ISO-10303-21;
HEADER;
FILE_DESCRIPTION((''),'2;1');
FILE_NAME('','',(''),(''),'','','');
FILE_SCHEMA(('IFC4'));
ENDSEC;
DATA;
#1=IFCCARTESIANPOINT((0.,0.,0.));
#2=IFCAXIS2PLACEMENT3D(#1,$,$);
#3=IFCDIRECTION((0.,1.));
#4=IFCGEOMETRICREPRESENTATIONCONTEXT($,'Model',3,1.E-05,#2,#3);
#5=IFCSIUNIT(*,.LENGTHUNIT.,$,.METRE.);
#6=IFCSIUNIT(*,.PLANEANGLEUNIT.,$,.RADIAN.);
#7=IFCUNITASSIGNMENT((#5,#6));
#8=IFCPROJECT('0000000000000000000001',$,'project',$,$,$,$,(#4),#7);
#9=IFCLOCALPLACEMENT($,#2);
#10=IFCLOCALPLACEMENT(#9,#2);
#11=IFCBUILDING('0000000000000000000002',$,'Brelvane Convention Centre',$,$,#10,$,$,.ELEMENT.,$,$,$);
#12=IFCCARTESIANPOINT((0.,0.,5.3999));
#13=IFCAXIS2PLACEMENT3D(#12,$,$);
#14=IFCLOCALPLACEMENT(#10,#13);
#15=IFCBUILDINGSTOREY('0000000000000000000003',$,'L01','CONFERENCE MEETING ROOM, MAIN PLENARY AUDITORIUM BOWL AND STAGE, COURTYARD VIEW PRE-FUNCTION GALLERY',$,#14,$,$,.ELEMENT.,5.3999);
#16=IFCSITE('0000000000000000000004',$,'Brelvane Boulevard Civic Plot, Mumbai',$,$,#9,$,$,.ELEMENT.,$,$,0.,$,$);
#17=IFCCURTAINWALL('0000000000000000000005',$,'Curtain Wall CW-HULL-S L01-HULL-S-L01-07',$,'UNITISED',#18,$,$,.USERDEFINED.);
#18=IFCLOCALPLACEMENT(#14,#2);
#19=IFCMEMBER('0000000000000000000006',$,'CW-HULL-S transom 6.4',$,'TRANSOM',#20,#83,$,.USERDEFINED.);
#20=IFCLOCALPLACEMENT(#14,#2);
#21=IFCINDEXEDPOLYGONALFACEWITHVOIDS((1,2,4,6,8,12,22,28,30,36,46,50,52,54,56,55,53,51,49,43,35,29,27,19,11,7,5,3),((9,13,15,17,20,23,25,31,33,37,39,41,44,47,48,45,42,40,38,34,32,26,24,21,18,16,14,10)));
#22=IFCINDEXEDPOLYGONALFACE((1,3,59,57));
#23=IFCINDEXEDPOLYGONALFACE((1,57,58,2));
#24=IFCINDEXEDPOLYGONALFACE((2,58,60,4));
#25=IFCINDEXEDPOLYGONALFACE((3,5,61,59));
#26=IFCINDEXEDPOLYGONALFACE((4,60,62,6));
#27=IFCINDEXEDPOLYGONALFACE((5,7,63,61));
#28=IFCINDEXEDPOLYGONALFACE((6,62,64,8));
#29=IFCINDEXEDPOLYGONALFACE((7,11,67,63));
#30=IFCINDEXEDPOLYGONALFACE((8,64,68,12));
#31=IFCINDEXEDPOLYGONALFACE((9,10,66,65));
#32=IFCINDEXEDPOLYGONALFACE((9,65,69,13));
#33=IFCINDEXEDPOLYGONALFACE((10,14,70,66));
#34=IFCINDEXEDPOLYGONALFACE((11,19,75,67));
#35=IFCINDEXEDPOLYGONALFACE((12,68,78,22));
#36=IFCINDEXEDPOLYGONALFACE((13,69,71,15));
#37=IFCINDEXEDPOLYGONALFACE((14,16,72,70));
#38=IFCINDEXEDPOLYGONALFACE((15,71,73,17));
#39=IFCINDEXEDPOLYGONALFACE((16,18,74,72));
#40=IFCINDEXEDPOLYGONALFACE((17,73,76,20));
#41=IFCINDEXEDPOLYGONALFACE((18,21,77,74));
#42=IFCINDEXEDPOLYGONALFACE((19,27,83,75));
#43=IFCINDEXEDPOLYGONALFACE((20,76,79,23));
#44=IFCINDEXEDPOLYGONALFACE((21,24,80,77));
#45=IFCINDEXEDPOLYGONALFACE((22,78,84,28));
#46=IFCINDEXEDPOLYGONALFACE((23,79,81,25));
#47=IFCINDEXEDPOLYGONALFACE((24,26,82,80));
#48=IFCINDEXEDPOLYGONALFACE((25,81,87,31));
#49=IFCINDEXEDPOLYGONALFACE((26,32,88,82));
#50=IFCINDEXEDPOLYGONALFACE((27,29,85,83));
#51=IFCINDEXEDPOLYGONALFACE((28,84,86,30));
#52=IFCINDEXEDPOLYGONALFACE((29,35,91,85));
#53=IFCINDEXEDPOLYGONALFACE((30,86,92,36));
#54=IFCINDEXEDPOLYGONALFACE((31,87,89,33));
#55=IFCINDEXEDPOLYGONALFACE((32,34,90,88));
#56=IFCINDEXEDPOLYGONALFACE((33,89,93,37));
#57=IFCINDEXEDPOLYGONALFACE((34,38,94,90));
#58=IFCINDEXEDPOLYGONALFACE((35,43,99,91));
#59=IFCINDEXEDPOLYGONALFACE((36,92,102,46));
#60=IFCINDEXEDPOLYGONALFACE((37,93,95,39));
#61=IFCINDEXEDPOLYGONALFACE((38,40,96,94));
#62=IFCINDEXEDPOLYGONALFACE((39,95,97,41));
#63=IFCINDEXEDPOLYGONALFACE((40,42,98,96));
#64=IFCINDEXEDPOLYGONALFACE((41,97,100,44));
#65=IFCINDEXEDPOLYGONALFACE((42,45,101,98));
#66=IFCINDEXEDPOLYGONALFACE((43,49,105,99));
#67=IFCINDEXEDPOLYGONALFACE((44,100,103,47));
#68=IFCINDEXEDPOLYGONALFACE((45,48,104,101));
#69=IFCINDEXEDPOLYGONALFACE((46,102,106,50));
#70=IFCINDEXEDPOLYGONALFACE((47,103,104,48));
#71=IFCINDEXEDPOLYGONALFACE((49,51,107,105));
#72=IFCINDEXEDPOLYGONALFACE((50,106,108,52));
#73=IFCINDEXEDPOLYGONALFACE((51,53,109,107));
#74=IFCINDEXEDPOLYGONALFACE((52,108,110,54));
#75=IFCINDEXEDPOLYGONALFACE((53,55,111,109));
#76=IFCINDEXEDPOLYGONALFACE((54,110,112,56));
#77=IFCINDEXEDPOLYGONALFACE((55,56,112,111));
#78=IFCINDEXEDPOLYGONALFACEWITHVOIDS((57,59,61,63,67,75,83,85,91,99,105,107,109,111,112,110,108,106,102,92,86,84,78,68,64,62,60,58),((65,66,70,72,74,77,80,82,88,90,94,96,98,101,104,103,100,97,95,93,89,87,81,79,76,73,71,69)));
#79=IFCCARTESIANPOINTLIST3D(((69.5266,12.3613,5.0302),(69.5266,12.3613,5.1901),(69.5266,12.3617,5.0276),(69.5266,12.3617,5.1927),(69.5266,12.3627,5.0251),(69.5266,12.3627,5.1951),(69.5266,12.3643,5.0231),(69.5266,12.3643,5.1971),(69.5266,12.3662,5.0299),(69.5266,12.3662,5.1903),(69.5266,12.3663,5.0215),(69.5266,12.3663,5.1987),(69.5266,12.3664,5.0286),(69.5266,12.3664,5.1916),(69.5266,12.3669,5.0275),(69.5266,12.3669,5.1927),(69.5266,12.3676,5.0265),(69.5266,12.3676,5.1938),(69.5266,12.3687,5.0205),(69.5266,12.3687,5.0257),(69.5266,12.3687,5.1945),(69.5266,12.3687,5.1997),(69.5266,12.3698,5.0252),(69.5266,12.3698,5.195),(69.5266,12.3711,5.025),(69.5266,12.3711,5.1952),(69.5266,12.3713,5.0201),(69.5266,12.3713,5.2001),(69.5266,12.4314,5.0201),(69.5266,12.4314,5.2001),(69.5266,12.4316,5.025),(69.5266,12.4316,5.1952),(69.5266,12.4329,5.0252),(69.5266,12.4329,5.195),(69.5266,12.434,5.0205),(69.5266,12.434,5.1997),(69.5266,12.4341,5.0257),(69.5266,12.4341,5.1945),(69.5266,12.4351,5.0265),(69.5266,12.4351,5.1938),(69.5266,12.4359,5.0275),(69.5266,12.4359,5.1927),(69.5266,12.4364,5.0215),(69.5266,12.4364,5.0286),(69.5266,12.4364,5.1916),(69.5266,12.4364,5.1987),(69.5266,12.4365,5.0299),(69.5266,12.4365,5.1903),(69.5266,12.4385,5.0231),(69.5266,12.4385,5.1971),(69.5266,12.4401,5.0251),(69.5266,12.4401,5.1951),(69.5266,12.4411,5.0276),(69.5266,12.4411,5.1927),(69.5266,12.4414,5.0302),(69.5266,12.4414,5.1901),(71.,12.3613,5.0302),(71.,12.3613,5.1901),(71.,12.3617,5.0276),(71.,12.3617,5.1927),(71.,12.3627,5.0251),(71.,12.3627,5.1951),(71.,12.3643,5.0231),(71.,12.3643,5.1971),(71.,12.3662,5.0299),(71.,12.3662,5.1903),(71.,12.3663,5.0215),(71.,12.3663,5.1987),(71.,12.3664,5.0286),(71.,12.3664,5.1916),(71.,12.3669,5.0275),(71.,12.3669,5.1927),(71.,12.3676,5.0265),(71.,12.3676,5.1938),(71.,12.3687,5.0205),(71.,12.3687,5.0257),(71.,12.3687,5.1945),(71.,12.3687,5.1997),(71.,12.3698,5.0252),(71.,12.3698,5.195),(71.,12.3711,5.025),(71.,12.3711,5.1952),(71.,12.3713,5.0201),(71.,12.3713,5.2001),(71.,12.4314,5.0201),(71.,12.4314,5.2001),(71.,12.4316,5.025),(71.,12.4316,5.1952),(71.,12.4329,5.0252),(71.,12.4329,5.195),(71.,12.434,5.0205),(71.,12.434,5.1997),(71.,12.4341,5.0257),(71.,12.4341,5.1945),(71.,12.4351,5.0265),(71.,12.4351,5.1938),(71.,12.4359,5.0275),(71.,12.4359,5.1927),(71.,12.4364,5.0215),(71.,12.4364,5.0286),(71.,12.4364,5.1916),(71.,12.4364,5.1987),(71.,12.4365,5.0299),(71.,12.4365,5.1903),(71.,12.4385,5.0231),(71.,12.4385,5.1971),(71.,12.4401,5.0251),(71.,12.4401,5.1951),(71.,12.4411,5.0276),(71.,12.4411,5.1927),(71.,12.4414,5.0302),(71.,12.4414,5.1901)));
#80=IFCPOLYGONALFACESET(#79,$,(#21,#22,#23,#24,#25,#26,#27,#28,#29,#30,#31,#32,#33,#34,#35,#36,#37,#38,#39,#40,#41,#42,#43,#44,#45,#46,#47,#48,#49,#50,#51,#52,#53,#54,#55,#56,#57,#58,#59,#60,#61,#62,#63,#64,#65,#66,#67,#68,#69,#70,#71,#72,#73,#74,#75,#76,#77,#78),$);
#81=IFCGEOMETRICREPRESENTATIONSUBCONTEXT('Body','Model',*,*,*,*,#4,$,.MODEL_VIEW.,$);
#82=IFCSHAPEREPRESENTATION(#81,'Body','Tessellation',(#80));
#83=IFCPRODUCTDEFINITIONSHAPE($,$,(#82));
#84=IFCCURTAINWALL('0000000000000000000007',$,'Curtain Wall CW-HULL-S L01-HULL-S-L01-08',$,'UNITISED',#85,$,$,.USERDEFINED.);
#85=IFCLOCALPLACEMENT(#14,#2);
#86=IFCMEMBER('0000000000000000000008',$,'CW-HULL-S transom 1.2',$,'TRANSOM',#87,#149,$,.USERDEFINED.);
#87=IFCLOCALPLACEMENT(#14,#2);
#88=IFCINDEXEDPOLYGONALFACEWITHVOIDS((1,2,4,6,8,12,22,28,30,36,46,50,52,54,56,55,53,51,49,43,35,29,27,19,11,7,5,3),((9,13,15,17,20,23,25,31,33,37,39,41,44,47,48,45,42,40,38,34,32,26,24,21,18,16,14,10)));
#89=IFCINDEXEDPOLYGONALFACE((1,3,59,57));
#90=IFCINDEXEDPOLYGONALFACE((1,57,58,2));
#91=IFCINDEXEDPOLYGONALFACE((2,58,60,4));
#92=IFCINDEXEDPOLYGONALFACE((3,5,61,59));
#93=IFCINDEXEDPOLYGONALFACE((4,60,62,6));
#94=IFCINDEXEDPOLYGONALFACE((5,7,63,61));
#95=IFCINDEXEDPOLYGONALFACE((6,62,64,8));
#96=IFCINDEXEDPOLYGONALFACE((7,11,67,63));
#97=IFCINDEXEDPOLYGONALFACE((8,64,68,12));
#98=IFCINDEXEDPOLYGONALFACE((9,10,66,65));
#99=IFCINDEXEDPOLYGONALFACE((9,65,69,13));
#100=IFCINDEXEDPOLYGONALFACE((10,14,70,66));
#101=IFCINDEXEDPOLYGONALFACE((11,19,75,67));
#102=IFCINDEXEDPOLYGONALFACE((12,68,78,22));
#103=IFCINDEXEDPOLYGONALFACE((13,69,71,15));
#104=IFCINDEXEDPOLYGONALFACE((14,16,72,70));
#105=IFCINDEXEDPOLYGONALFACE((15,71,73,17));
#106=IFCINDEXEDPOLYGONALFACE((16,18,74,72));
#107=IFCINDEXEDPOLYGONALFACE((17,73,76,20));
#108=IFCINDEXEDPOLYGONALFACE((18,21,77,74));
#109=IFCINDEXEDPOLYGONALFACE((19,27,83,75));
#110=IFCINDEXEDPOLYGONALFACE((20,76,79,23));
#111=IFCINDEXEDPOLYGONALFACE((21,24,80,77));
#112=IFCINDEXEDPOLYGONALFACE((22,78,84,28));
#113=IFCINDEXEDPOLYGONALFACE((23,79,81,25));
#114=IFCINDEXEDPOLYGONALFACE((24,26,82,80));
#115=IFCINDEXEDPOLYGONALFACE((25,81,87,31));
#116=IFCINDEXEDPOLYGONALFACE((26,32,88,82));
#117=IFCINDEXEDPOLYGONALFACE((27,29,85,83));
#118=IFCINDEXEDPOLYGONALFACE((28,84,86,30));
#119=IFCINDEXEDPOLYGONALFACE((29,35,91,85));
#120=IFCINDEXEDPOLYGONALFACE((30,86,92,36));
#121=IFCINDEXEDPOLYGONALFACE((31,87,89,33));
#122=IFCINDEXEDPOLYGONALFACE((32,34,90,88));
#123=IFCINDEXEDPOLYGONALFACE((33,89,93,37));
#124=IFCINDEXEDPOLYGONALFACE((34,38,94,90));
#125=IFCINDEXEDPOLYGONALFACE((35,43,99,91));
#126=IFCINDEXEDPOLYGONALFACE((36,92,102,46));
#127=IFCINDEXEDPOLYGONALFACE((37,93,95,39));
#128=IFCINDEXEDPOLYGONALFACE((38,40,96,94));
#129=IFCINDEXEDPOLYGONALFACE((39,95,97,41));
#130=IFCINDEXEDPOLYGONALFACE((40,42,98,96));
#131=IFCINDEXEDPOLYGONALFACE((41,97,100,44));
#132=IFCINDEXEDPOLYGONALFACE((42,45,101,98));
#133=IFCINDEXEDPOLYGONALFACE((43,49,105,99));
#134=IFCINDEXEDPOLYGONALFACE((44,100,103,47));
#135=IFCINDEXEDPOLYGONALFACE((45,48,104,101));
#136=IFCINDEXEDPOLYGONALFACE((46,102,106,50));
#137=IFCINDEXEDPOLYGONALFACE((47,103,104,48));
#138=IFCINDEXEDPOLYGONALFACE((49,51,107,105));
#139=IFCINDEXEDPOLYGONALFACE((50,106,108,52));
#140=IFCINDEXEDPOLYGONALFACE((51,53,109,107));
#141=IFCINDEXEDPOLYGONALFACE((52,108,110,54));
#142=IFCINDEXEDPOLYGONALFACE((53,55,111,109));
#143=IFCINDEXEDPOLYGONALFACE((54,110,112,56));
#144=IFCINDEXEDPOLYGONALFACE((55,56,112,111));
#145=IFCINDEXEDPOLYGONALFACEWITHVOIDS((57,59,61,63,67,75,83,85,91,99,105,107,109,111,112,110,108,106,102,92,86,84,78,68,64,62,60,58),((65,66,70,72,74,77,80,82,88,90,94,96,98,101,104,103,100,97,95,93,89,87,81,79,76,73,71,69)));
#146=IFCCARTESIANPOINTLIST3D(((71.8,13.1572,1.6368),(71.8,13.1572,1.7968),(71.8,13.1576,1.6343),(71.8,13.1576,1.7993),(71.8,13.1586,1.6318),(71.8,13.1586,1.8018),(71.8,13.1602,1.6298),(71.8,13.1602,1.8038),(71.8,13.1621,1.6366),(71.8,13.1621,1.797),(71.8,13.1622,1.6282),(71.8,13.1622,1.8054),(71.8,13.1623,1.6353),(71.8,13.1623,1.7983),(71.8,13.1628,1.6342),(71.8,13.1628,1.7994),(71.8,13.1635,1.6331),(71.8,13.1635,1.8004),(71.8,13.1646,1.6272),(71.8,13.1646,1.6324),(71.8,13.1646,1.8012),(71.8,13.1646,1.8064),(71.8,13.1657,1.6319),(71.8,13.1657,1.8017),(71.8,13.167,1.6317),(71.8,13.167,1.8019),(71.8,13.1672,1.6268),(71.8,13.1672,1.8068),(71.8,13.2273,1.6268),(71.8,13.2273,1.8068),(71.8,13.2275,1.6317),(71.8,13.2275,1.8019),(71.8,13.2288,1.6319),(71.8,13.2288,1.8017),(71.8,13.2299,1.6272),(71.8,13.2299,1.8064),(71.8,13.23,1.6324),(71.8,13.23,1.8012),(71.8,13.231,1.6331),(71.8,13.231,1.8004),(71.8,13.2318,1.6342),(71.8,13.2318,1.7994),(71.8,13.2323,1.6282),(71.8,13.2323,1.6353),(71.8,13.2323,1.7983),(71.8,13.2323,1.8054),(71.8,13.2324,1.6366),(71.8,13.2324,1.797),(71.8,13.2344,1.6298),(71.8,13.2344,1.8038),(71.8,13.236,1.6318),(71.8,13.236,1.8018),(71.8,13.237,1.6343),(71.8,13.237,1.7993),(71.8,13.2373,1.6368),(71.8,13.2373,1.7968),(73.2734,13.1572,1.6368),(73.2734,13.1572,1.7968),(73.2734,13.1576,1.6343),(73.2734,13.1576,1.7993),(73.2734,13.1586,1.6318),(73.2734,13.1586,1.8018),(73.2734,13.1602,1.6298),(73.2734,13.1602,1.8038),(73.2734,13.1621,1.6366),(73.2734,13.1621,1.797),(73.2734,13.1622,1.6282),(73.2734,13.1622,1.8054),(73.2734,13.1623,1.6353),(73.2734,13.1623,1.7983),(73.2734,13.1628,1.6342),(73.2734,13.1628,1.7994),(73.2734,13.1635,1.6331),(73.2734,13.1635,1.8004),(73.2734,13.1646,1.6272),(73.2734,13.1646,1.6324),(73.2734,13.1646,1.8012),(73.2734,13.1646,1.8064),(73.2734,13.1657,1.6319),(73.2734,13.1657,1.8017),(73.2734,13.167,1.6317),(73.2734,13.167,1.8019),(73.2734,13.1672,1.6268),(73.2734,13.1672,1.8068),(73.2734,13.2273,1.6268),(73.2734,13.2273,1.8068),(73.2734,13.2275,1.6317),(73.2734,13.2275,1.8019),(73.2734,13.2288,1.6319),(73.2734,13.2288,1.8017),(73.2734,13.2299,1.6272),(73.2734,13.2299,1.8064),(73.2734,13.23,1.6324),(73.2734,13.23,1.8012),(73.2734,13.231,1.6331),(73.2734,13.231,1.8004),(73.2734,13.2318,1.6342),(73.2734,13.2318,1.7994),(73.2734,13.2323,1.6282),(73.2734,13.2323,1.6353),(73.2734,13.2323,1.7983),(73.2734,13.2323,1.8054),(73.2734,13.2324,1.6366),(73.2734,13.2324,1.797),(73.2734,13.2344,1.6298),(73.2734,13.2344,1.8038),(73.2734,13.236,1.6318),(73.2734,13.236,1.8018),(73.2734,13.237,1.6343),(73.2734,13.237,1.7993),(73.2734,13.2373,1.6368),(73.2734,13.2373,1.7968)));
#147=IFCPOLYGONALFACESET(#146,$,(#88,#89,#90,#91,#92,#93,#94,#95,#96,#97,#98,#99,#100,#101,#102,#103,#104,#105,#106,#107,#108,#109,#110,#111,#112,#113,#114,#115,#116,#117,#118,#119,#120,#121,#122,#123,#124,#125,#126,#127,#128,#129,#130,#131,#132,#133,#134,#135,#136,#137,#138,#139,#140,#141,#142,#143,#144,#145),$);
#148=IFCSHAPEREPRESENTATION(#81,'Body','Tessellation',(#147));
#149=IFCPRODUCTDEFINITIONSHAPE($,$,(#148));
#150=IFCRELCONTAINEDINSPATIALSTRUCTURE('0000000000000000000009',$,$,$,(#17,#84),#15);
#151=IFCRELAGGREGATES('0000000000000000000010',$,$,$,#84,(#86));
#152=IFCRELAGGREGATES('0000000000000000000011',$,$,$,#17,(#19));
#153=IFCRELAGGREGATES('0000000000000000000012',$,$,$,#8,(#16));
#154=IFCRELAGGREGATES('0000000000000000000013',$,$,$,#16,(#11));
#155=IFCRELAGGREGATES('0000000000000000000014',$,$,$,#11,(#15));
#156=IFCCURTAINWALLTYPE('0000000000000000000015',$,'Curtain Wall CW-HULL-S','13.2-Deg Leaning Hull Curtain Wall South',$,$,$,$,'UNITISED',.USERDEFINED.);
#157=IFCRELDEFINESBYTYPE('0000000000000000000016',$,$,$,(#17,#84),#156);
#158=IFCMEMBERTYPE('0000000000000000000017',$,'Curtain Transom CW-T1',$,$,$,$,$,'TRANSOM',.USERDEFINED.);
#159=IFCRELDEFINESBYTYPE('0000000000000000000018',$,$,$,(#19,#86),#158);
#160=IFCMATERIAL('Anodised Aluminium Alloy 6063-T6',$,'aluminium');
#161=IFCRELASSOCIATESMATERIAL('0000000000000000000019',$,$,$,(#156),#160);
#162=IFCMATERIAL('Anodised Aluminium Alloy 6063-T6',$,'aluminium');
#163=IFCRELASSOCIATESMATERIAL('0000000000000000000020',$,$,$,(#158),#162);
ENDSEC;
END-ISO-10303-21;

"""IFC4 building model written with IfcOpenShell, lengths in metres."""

from ifc_helpers import new_model, si_unit, direction, frame, origin, origin_2d, place, context, subcontext, project, spatial, hollow_rectangle, extrude, material, material_profile, profile_set, type_object, element, aggregate, save


model = new_model("IFC4")

# Units and contexts
model_context = context("Model", 3, precision=1e-05, world=origin(), true_north=direction((0.0, 1.0)))
body_context = subcontext(model_context, "Body", "Model", "MODEL_VIEW")
ifc_project = project(units=[si_unit("LENGTHUNIT", "METRE"), si_unit("PLANEANGLEUNIT", "RADIAN")], contexts=[model_context])

# Site, building, storey
site_placement = place(None, origin())
site = spatial("IfcSite", under=ifc_project, at=site_placement, Name="Brelvane Boulevard Civic Plot, Mumbai", CompositionType="ELEMENT", RefElevation=0.0)
building_placement = place(site_placement, origin())
building = spatial("IfcBuilding", under=site, at=building_placement, Name="Brelvane Convention Centre", CompositionType="ELEMENT")
storey_placement = place(building_placement, frame((0.0, 0.0, 5.3999)))
storey = spatial("IfcBuildingStorey", under=building, at=storey_placement, Name="L01", Description="CONFERENCE MEETING ROOM, MAIN PLENARY AUDITORIUM BOWL AND STAGE, COURTYARD VIEW PRE-FUNCTION GALLERY", CompositionType="ELEMENT", Elevation=5.3999)

# Curtain walls, members
ifc_material_1 = material(Name="Anodised Aluminium Alloy 6063-T6", Category="aluminium")
curtain_wall_type = type_object("IfcCurtainWallType", Name="Curtain Wall CW-HULL-S", Description="13.2-Deg Leaning Hull Curtain Wall South", ElementType="UNITISED", PredefinedType="USERDEFINED", material=ifc_material_1)
curtain_wall_1_placement = place(storey_placement, origin())
curtain_wall_1 = element("IfcCurtainWall", 1, at=curtain_wall_1_placement, inside=storey, type_object=curtain_wall_type, Name="Curtain Wall CW-HULL-S L01-HULL-S-L01-07", ObjectType="UNITISED", PredefinedType="USERDEFINED")
ifc_material_2 = material(Name="Anodised Aluminium Alloy 6063-T6", Category="aluminium")
ifc_material_profile = material_profile(ifc_material_2, hollow_rectangle(XDim=0.0801, YDim=0.1799, WallThickness=0.0049, InnerFilletRadius=0.0049, OuterFilletRadius=0.01, at=origin_2d()), Name="ALU-T 180x80x5.0")
ifc_profile_set = profile_set([ifc_material_profile], Name="Anodised Aluminium Alloy 6063-T6")
member_type = type_object("IfcMemberType", Name="Curtain Transom CW-T1", ElementType="TRANSOM", PredefinedType="USERDEFINED", material=ifc_profile_set)
member_1_placement = place(storey_placement, frame((69.5266, 12.4014, 5.1101), z_axis=(1.0, 0.0, 0.0), x_axis=(0.0, 1.0, 0.0)))
member_1 = element("IfcMember", 2, at=member_1_placement, type_object=member_type, Name="CW-HULL-S transom 6.4", ObjectType="TRANSOM", PredefinedType="USERDEFINED", context=body_context, shape_type="SweptSolid", body=[
    extrude(hollow_rectangle(XDim=0.0801, YDim=0.1799, WallThickness=0.0049, InnerFilletRadius=0.0049, OuterFilletRadius=0.01, at=origin_2d()), origin(), (0.0, 0.0, 1.0), 1.4734),
])
curtain_wall_2_placement = place(storey_placement, origin())
curtain_wall_2 = element("IfcCurtainWall", 3, at=curtain_wall_2_placement, inside=storey, type_object=curtain_wall_type, Name="Curtain Wall CW-HULL-S L01-HULL-S-L01-08", ObjectType="UNITISED", PredefinedType="USERDEFINED")
member_2_placement = place(storey_placement, frame((71.8, 13.1973, 1.7168), z_axis=(1.0, 0.0, 0.0), x_axis=(0.0, 1.0, 0.0)))
member_2 = element("IfcMember", 4, at=member_2_placement, type_object=member_type, Name="CW-HULL-S transom 1.2", ObjectType="TRANSOM", PredefinedType="USERDEFINED", context=body_context, shape_type="SweptSolid", body=[
    extrude(hollow_rectangle(XDim=0.0801, YDim=0.1799, WallThickness=0.0049, InnerFilletRadius=0.0049, OuterFilletRadius=0.01, at=origin_2d()), origin(), (0.0, 0.0, 1.0), 1.4734),
])

aggregate(curtain_wall_2, [member_2])
aggregate(curtain_wall_1, [member_1])

save(model, "model.ifc")
